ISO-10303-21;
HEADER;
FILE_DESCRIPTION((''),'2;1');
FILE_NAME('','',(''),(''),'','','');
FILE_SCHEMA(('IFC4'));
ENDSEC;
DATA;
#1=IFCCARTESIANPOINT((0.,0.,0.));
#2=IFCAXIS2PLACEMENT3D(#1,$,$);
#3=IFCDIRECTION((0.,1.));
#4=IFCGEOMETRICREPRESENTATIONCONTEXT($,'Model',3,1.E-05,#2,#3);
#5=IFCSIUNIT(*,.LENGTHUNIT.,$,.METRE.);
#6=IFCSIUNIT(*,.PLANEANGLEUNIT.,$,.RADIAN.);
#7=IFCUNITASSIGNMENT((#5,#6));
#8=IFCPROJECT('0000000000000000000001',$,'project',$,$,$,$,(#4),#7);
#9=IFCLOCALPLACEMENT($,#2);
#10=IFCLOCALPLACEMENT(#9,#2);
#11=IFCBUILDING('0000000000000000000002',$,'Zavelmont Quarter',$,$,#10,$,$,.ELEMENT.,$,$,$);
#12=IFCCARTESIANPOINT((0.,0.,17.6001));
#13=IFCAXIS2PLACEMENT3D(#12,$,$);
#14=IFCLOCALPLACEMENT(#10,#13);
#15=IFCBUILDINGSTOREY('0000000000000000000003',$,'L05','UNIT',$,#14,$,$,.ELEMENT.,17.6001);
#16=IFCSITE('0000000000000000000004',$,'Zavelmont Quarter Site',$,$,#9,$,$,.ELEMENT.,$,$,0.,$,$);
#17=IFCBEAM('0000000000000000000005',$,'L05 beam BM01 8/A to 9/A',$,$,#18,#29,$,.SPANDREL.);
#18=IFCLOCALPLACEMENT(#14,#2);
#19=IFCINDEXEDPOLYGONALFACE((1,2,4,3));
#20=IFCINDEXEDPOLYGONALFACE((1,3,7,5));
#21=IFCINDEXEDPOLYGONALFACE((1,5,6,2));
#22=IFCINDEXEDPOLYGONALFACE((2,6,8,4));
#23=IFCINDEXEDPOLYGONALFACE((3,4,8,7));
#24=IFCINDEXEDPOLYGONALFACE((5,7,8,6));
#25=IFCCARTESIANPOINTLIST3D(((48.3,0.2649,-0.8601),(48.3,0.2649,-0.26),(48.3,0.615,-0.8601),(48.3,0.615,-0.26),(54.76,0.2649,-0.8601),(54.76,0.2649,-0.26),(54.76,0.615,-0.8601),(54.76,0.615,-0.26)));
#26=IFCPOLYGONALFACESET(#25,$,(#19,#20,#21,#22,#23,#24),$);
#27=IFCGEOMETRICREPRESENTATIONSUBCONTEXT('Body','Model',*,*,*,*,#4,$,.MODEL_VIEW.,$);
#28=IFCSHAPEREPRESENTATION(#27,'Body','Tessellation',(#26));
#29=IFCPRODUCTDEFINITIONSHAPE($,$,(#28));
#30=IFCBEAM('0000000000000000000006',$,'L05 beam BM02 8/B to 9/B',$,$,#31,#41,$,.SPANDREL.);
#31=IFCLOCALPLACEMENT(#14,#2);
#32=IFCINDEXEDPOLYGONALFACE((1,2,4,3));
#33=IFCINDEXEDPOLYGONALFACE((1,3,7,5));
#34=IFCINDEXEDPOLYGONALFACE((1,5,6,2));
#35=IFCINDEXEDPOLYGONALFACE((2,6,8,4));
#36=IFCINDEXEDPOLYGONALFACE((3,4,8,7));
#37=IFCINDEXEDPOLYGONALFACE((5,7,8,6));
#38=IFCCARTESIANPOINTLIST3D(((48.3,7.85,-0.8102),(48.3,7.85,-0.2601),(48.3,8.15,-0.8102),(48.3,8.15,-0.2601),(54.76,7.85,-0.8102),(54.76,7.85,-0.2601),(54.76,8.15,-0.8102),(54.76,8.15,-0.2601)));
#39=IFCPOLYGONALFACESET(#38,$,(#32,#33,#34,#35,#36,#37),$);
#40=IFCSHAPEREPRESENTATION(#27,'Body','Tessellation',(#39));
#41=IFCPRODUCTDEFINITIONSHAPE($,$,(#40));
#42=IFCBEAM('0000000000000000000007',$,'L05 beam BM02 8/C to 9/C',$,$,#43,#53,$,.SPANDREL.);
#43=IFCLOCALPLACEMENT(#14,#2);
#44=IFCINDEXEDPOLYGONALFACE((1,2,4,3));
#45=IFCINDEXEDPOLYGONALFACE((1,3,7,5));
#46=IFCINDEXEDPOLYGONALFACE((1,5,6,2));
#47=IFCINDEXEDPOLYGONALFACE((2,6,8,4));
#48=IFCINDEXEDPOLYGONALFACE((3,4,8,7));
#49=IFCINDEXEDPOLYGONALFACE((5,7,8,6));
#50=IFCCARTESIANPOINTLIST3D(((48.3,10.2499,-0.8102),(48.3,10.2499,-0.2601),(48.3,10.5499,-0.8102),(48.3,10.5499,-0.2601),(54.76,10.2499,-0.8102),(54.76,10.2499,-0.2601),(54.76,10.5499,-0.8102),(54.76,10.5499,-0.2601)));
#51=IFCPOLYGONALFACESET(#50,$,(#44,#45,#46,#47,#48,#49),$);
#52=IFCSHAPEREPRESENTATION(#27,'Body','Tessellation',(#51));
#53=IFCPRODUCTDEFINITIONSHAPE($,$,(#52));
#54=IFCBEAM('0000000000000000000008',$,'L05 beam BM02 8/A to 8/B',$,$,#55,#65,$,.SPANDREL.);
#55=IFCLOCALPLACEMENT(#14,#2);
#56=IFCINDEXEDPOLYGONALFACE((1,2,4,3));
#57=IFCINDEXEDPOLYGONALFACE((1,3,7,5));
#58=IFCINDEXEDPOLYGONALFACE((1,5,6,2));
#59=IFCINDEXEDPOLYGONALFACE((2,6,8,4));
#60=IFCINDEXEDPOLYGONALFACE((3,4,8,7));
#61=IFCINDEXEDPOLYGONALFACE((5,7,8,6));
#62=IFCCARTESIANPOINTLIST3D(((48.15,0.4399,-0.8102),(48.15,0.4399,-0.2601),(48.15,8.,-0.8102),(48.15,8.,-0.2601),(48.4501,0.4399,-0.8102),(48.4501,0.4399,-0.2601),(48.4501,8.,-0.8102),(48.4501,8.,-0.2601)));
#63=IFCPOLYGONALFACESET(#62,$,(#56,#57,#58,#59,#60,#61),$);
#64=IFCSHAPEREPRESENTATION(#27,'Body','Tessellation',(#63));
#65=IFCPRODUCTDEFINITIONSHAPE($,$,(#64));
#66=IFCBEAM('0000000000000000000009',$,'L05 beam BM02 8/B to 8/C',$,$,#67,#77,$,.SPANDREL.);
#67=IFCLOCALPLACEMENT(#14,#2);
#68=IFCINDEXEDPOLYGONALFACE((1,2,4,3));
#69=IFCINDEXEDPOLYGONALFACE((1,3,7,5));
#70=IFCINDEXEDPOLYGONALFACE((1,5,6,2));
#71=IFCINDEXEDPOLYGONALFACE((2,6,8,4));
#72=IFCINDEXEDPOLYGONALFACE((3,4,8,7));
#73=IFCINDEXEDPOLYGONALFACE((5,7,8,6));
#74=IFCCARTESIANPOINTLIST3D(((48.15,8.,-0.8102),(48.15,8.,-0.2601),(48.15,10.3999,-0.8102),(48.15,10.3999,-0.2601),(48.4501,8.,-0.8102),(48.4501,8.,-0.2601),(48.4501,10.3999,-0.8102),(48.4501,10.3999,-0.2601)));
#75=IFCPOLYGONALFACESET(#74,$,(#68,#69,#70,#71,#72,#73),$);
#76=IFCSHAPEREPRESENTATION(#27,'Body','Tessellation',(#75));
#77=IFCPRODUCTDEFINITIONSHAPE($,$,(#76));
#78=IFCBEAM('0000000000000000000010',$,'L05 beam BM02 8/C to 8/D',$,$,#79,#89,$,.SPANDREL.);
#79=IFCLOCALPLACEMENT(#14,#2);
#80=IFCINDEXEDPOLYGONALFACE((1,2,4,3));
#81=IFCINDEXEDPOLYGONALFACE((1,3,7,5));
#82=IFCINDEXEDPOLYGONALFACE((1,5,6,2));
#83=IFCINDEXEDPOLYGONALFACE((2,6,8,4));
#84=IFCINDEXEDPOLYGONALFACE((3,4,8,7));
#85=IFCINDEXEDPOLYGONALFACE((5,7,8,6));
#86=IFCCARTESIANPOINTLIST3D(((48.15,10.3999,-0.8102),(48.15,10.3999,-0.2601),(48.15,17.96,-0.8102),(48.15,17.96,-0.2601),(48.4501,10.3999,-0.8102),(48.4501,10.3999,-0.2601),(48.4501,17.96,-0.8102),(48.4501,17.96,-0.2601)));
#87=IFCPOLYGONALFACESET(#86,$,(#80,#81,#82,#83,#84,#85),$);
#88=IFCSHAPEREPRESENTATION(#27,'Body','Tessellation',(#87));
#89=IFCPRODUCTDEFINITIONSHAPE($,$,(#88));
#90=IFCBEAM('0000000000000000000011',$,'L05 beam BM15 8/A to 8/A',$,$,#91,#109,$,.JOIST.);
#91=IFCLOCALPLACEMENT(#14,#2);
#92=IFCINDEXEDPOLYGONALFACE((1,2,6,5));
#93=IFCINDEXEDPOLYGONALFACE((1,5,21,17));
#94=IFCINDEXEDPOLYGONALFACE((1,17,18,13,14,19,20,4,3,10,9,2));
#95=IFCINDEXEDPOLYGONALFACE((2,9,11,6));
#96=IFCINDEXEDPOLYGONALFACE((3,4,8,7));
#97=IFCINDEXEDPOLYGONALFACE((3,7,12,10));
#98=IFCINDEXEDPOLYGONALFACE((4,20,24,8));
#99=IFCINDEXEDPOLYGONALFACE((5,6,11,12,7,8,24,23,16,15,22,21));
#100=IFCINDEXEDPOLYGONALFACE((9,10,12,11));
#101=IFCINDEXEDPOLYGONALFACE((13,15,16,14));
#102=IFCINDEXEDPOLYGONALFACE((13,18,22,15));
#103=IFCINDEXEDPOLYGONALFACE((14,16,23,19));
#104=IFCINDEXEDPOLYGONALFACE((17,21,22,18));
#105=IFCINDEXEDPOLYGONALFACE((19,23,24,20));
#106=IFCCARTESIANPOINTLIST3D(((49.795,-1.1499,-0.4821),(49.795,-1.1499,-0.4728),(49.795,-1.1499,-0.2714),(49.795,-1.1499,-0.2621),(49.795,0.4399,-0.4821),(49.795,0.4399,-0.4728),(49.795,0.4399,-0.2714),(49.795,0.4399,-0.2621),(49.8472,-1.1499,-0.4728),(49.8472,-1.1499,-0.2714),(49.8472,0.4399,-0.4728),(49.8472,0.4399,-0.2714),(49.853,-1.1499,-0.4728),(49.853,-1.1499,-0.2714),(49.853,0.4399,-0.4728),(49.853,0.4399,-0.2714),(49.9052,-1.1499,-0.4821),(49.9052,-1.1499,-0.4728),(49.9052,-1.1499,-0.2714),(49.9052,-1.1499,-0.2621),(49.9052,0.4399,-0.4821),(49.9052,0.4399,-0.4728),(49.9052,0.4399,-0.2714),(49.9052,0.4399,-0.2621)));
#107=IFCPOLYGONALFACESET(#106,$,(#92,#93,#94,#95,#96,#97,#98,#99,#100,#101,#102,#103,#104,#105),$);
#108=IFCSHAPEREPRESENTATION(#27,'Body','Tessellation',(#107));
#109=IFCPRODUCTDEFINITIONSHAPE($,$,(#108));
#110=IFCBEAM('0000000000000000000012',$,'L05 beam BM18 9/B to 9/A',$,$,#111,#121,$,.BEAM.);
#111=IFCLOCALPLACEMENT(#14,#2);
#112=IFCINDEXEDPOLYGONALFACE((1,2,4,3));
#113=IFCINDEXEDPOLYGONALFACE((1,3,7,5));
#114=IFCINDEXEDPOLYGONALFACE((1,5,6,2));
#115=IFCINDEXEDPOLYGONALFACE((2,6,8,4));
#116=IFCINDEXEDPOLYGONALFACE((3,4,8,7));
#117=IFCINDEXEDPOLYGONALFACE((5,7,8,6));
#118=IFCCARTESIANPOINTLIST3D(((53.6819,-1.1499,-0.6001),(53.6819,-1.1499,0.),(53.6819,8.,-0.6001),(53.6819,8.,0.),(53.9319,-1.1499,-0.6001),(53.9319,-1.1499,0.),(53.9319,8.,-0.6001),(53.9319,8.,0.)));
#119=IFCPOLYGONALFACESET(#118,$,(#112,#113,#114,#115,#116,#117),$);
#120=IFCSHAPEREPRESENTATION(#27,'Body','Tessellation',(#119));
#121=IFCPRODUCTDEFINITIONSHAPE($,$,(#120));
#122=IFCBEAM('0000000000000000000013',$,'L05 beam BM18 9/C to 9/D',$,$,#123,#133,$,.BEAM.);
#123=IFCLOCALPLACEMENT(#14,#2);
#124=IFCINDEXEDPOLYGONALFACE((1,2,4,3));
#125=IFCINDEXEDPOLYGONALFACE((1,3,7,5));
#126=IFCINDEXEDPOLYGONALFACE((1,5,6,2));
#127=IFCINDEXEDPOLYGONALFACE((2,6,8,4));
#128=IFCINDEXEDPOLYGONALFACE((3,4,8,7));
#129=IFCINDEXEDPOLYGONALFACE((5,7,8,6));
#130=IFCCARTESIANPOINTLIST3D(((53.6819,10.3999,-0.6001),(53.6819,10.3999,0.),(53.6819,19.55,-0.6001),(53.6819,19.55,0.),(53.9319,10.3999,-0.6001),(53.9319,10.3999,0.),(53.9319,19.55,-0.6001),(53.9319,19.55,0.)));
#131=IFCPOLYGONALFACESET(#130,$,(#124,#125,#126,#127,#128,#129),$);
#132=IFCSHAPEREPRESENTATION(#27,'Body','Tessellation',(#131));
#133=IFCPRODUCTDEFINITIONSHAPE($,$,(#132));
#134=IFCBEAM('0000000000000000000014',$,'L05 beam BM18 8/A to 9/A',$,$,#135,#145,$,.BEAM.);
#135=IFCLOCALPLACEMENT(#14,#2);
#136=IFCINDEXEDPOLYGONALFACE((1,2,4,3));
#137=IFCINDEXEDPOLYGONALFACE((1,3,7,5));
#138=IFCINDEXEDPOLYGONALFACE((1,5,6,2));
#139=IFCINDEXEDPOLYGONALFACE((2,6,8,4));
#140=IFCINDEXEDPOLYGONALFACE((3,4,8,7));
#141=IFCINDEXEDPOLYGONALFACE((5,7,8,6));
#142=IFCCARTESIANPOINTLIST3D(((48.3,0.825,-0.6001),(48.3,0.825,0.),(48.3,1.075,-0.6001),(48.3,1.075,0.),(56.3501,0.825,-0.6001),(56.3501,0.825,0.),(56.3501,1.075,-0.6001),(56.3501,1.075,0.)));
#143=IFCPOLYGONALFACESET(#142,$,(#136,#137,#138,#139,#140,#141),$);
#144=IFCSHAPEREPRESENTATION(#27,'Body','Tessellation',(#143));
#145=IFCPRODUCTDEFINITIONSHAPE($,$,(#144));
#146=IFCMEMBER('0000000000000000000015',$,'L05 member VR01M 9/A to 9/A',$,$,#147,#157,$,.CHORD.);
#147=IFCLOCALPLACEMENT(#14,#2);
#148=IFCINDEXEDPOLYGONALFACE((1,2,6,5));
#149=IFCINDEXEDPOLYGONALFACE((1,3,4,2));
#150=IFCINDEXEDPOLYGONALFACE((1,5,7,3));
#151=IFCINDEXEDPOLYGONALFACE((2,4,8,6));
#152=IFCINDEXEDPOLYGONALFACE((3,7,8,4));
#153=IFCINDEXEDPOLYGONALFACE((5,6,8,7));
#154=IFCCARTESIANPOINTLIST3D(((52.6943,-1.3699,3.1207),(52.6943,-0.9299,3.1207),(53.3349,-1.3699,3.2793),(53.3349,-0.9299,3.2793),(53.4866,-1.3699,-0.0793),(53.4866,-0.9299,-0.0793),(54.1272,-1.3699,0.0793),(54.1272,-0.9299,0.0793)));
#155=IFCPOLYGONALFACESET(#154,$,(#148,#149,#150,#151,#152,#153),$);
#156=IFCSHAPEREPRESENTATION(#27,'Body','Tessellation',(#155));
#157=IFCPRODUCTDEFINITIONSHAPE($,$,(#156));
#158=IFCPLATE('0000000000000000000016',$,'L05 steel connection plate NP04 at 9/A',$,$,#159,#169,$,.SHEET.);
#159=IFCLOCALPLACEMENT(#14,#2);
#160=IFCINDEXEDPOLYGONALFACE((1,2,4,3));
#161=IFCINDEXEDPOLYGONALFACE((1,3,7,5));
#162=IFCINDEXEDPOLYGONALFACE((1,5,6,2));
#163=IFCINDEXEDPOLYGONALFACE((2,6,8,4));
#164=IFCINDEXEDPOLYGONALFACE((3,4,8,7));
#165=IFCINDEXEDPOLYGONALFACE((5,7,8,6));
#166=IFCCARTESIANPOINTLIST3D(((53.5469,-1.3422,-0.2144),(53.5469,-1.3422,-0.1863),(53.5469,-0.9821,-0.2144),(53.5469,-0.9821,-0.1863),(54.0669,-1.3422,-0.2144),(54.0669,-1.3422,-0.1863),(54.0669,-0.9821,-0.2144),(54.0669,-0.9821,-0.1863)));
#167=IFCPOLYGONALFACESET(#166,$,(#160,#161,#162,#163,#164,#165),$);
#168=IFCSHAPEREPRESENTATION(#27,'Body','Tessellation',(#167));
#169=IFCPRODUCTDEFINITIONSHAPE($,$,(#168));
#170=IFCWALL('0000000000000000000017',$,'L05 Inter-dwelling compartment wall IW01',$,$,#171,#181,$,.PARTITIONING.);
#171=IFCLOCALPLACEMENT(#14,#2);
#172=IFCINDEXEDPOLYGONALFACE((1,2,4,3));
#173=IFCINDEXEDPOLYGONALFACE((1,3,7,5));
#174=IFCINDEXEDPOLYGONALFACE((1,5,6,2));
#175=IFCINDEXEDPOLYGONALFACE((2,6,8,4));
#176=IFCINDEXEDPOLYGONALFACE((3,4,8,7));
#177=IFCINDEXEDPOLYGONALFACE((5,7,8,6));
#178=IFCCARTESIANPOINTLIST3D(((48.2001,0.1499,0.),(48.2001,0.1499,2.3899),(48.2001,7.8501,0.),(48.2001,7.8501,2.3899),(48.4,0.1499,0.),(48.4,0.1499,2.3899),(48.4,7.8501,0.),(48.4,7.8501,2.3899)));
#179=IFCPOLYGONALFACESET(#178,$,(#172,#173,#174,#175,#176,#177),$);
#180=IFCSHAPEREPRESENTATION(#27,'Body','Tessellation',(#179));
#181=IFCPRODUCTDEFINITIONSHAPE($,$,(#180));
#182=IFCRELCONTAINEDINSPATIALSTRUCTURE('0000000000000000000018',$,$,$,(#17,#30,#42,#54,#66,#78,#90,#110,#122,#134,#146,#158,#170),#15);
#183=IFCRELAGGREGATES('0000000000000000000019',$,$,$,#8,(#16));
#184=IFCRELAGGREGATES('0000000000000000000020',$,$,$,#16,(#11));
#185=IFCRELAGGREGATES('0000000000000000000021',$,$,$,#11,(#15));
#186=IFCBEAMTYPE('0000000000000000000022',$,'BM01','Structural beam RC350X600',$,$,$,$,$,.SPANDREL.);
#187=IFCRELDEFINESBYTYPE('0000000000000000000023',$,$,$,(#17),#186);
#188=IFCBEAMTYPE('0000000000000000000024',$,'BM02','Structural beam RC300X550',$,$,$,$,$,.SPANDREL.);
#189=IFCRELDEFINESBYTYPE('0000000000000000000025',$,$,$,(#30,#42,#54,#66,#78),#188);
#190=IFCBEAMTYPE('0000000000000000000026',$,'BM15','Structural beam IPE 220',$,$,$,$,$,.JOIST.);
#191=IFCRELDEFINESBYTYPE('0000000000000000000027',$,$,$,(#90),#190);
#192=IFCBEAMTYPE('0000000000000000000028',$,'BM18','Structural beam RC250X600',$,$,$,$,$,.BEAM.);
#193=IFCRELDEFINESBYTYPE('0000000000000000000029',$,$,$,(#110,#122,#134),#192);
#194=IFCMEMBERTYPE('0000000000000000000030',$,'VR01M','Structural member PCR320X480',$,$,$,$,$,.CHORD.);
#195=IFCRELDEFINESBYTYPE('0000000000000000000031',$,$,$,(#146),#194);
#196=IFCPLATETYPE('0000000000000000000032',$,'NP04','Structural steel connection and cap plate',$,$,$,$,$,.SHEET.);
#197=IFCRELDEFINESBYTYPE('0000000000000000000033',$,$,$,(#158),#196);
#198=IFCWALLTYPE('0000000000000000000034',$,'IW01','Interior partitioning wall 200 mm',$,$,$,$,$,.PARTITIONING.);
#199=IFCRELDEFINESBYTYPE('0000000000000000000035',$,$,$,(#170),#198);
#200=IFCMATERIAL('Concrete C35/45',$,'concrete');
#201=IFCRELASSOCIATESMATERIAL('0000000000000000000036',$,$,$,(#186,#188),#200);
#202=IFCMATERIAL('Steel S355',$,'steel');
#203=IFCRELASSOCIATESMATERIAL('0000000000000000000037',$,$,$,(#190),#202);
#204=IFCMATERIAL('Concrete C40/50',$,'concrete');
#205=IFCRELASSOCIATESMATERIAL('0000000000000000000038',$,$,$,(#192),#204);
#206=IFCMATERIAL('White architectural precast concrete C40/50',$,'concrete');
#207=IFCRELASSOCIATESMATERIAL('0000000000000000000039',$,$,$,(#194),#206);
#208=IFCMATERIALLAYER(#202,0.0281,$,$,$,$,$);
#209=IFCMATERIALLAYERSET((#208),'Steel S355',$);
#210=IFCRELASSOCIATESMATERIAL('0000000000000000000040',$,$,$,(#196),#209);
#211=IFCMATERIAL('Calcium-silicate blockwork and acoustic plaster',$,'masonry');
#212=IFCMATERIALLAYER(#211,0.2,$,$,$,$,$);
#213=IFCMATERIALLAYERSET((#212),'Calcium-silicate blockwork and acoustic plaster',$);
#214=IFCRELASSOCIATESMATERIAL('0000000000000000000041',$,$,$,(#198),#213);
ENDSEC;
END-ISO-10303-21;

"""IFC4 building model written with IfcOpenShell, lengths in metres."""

from ifc_helpers import new_model, si_unit, direction, frame, frame_2d, origin, origin_2d, place, context, subcontext, project, spatial, rectangle, i_section, extrude, material, layer, layer_set, material_profile, profile_set, type_object, element, save


model = new_model("IFC4")

# Units and contexts
model_context = context("Model", 3, precision=1e-05, world=origin(), true_north=direction((0.0, 1.0)))
body_context = subcontext(model_context, "Body", "Model", "MODEL_VIEW")
ifc_project = project(units=[si_unit("LENGTHUNIT", "METRE"), si_unit("PLANEANGLEUNIT", "RADIAN")], contexts=[model_context])

# Site, building, storey
site_placement = place(None, origin())
site = spatial("IfcSite", under=ifc_project, at=site_placement, Name="Zavelmont Quarter Site", CompositionType="ELEMENT", RefElevation=0.0)
building_placement = place(site_placement, origin())
building = spatial("IfcBuilding", under=site, at=building_placement, Name="Zavelmont Quarter", CompositionType="ELEMENT")
storey_placement = place(building_placement, frame((0.0, 0.0, 17.6001)))
storey = spatial("IfcBuildingStorey", under=building, at=storey_placement, Name="L05", Description="UNIT", CompositionType="ELEMENT", Elevation=17.6001)

# Beams
ifc_material_1 = material(Name="Concrete C35/45", Category="concrete")
ifc_material_profile_1 = material_profile(ifc_material_1, rectangle(XDim=0.3501, YDim=0.6001, at=origin_2d()), Name="RC350X600")
ifc_profile_set_1 = profile_set([ifc_material_profile_1], Name="Concrete C35/45")
beam_type_1 = type_object("IfcBeamType", Name="BM01", Description="Structural beam RC350X600", PredefinedType="SPANDREL", material=ifc_profile_set_1)
beam_1_placement = place(storey_placement, frame((48.3, 0.4399, -0.5601), z_axis=(1.0, 0.0, 0.0), x_axis=(0.0, 1.0, 0.0)))
element("IfcBeam", 1, at=beam_1_placement, inside=storey, type_object=beam_type_1, Name="L05 beam BM01 8/A to 9/A", PredefinedType="SPANDREL", context=body_context, shape_type="SweptSolid", body=[
    extrude(rectangle(XDim=0.3501, YDim=0.6001, at=origin_2d()), origin(), (0.0, 0.0, 1.0), 6.46),
])
ifc_material_profile_2 = material_profile(ifc_material_1, rectangle(XDim=0.3, YDim=0.55, at=origin_2d()), Name="RC300X550")
ifc_profile_set_2 = profile_set([ifc_material_profile_2], Name="Concrete C35/45")
beam_type_2 = type_object("IfcBeamType", Name="BM02", Description="Structural beam RC300X550", PredefinedType="SPANDREL", material=ifc_profile_set_2)
for number, where, z_axis, x_axis, name in (
    (2, (48.3, 8.0, -0.5352), (1.0, 0.0, 0.0), (0.0, 1.0, 0.0), "L05 beam BM02 8/B to 9/B"),
    (3, (48.3, 10.3999, -0.5352), (1.0, 0.0, 0.0), (0.0, 1.0, 0.0), "L05 beam BM02 8/C to 9/C"),
):
    element("IfcBeam", number, at=place(storey_placement, frame(where, z_axis=z_axis, x_axis=x_axis)), inside=storey, type_object=beam_type_2, Name=name, PredefinedType="SPANDREL", context=body_context, shape_type="SweptSolid", body=[
        extrude(rectangle(XDim=0.3, YDim=0.55, at=origin_2d()), origin(), (0.0, 0.0, 1.0), 6.46),
    ])
beam_2_placement = place(storey_placement, frame((48.3, 0.4399, -0.5352), z_axis=(0.0, 1.0, 0.0), x_axis=(-1.0, 0.0, 0.0)))
element("IfcBeam", 4, at=beam_2_placement, inside=storey, type_object=beam_type_2, Name="L05 beam BM02 8/A to 8/B", PredefinedType="SPANDREL", context=body_context, shape_type="SweptSolid", body=[
    extrude(rectangle(XDim=0.3, YDim=0.55, at=origin_2d()), origin(), (0.0, 0.0, 1.0), 7.5601),
])
beam_3_placement = place(storey_placement, frame((48.3, 8.0, -0.5352), z_axis=(0.0, 1.0, 0.0), x_axis=(-1.0, 0.0, 0.0)))
element("IfcBeam", 5, at=beam_3_placement, inside=storey, type_object=beam_type_2, Name="L05 beam BM02 8/B to 8/C", PredefinedType="SPANDREL", context=body_context, shape_type="SweptSolid", body=[
    extrude(rectangle(XDim=0.3, YDim=0.55, at=origin_2d()), origin(), (0.0, 0.0, 1.0), 2.3999),
])
beam_4_placement = place(storey_placement, frame((48.3, 10.3999, -0.5352), z_axis=(0.0, 1.0, 0.0), x_axis=(-1.0, 0.0, 0.0)))
element("IfcBeam", 6, at=beam_4_placement, inside=storey, type_object=beam_type_2, Name="L05 beam BM02 8/C to 8/D", PredefinedType="SPANDREL", context=body_context, shape_type="SweptSolid", body=[
    extrude(rectangle(XDim=0.3, YDim=0.55, at=origin_2d()), origin(), (0.0, 0.0, 1.0), 7.5601),
])
ifc_material_2 = material(Name="Steel S355", Category="steel")
ifc_material_profile_3 = material_profile(ifc_material_2, i_section(OverallWidth=0.1101, OverallDepth=0.22, WebThickness=0.0059, FlangeThickness=0.0093, at=origin_2d()), Name="IPE 220")
ifc_profile_set_3 = profile_set([ifc_material_profile_3], Name="Steel S355")
beam_type_3 = type_object("IfcBeamType", Name="BM15", Description="Structural beam IPE 220", PredefinedType="JOIST", material=ifc_profile_set_3)
beam_5_placement = place(storey_placement, frame((49.8501, 0.4399, -0.3721), z_axis=(0.0, -1.0, 0.0), x_axis=(1.0, 0.0, 0.0)))
element("IfcBeam", 7, at=beam_5_placement, inside=storey, type_object=beam_type_3, Name="L05 beam BM15 8/A to 8/A", PredefinedType="JOIST", context=body_context, shape_type="SweptSolid", body=[
    extrude(i_section(OverallWidth=0.1101, OverallDepth=0.22, WebThickness=0.0059, FlangeThickness=0.0093, at=origin_2d()), origin(), (0.0, 0.0, 1.0), 1.5898),
])
ifc_material_3 = material(Name="Concrete C40/50", Category="concrete")
ifc_material_profile_4 = material_profile(ifc_material_3, rectangle(XDim=0.25, YDim=0.6001, at=origin_2d()), Name="RC250X600")
ifc_profile_set_4 = profile_set([ifc_material_profile_4], Name="Concrete C40/50")
beam_type_4 = type_object("IfcBeamType", Name="BM18", Description="Structural beam RC250X600", PredefinedType="BEAM", material=ifc_profile_set_4)
beam_6_placement = place(storey_placement, frame((53.8069, 8.0, -0.3), z_axis=(0.0, -1.0, 0.0), x_axis=(1.0, 0.0, 0.0)))
element("IfcBeam", 8, at=beam_6_placement, inside=storey, type_object=beam_type_4, Name="L05 beam BM18 9/B to 9/A", PredefinedType="BEAM", context=body_context, shape_type="SweptSolid", body=[
    extrude(rectangle(XDim=0.25, YDim=0.6001, at=origin_2d()), origin(), (0.0, 0.0, 1.0), 9.1499),
])
beam_7_placement = place(storey_placement, frame((53.8069, 10.3999, -0.3), z_axis=(0.0, 1.0, 0.0), x_axis=(-1.0, 0.0, 0.0)))
element("IfcBeam", 9, at=beam_7_placement, inside=storey, type_object=beam_type_4, Name="L05 beam BM18 9/C to 9/D", PredefinedType="BEAM", context=body_context, shape_type="SweptSolid", body=[
    extrude(rectangle(XDim=0.25, YDim=0.6001, at=origin_2d()), origin(), (0.0, 0.0, 1.0), 9.1501),
])
beam_8_placement = place(storey_placement, frame((48.3, 0.95, -0.3), z_axis=(1.0, 0.0, 0.0), x_axis=(0.0, 1.0, 0.0)))
element("IfcBeam", 10, at=beam_8_placement, inside=storey, type_object=beam_type_4, Name="L05 beam BM18 8/A to 9/A", PredefinedType="BEAM", context=body_context, shape_type="SweptSolid", body=[
    extrude(rectangle(XDim=0.25, YDim=0.6001, at=origin_2d()), origin(), (0.0, 0.0, 1.0), 8.05),
])

# Member
ifc_material_4 = material(Name="White architectural precast concrete C40/50", Category="concrete")
ifc_material_profile_5 = material_profile(ifc_material_4, rectangle(XDim=0.4399, YDim=0.6599, at=origin_2d()), Name="PCR320X480")
ifc_profile_set_5 = profile_set([ifc_material_profile_5], Name="White architectural precast concrete C40/50")
member_type = type_object("IfcMemberType", Name="VR01M", Description="Structural member PCR320X480", PredefinedType="CHORD", material=ifc_profile_set_5)
member_placement = place(storey_placement, frame((53.8069, -1.1499, 0.0), z_axis=(-0.240322, 0.0, 0.970693), x_axis=(0.0, -1.0, 0.0)))
element("IfcMember", 11, at=member_placement, inside=storey, type_object=member_type, Name="L05 member VR01M 9/A to 9/A", PredefinedType="CHORD", context=body_context, shape_type="SweptSolid", body=[
    extrude(rectangle(XDim=0.4399, YDim=0.6599, at=origin_2d()), origin(), (0.0, 0.0, 1.0), 3.2966),
])

# Plate
ifc_layer_1 = layer(ifc_material_2, 0.0281)
ifc_layer_set_1 = layer_set([ifc_layer_1], Name="Steel S355")
plate_type = type_object("IfcPlateType", Name="NP04", Description="Structural steel connection and cap plate", PredefinedType="SHEET", material=ifc_layer_set_1)
plate_placement = place(storey_placement, frame((53.8069, -1.1621, -0.2144), z_axis=(0.0, 0.0, 1.0), x_axis=(1.0, 0.0, 0.0)))
element("IfcPlate", 12, at=plate_placement, inside=storey, type_object=plate_type, Name="L05 steel connection plate NP04 at 9/A", PredefinedType="SHEET", context=body_context, shape_type="SweptSolid", body=[
    extrude(rectangle(XDim=0.52, YDim=0.3601, at=origin_2d()), origin(), (0.0, 0.0, 1.0), 0.0281),
])

# Wall
ifc_material_5 = material(Name="Calcium-silicate blockwork and acoustic plaster", Category="masonry")
ifc_layer_2 = layer(ifc_material_5, 0.2)
ifc_layer_set_2 = layer_set([ifc_layer_2], Name="Calcium-silicate blockwork and acoustic plaster")
wall_type_1 = type_object("IfcWallType", Name="IW01", Description="Interior partitioning wall 200 mm", PredefinedType="PARTITIONING", material=ifc_layer_set_2)
wall_1_placement = place(storey_placement, frame((48.3, 7.8501, 0.0), z_axis=(0.0, 0.0, 1.0), x_axis=(0.0, -1.0, 0.0)))
element("IfcWall", 13, at=wall_1_placement, inside=storey, type_object=wall_type_1, Name="L05 Inter-dwelling compartment wall IW01", PredefinedType="PARTITIONING", context=body_context, shape_type="SweptSolid", body=[
    extrude(rectangle(XDim=7.7002, YDim=0.2, at=frame_2d((3.8501, 0.0))), origin(), (0.0, 0.0, 1.0), 2.3899),
])

save(model, "model.ifc")
